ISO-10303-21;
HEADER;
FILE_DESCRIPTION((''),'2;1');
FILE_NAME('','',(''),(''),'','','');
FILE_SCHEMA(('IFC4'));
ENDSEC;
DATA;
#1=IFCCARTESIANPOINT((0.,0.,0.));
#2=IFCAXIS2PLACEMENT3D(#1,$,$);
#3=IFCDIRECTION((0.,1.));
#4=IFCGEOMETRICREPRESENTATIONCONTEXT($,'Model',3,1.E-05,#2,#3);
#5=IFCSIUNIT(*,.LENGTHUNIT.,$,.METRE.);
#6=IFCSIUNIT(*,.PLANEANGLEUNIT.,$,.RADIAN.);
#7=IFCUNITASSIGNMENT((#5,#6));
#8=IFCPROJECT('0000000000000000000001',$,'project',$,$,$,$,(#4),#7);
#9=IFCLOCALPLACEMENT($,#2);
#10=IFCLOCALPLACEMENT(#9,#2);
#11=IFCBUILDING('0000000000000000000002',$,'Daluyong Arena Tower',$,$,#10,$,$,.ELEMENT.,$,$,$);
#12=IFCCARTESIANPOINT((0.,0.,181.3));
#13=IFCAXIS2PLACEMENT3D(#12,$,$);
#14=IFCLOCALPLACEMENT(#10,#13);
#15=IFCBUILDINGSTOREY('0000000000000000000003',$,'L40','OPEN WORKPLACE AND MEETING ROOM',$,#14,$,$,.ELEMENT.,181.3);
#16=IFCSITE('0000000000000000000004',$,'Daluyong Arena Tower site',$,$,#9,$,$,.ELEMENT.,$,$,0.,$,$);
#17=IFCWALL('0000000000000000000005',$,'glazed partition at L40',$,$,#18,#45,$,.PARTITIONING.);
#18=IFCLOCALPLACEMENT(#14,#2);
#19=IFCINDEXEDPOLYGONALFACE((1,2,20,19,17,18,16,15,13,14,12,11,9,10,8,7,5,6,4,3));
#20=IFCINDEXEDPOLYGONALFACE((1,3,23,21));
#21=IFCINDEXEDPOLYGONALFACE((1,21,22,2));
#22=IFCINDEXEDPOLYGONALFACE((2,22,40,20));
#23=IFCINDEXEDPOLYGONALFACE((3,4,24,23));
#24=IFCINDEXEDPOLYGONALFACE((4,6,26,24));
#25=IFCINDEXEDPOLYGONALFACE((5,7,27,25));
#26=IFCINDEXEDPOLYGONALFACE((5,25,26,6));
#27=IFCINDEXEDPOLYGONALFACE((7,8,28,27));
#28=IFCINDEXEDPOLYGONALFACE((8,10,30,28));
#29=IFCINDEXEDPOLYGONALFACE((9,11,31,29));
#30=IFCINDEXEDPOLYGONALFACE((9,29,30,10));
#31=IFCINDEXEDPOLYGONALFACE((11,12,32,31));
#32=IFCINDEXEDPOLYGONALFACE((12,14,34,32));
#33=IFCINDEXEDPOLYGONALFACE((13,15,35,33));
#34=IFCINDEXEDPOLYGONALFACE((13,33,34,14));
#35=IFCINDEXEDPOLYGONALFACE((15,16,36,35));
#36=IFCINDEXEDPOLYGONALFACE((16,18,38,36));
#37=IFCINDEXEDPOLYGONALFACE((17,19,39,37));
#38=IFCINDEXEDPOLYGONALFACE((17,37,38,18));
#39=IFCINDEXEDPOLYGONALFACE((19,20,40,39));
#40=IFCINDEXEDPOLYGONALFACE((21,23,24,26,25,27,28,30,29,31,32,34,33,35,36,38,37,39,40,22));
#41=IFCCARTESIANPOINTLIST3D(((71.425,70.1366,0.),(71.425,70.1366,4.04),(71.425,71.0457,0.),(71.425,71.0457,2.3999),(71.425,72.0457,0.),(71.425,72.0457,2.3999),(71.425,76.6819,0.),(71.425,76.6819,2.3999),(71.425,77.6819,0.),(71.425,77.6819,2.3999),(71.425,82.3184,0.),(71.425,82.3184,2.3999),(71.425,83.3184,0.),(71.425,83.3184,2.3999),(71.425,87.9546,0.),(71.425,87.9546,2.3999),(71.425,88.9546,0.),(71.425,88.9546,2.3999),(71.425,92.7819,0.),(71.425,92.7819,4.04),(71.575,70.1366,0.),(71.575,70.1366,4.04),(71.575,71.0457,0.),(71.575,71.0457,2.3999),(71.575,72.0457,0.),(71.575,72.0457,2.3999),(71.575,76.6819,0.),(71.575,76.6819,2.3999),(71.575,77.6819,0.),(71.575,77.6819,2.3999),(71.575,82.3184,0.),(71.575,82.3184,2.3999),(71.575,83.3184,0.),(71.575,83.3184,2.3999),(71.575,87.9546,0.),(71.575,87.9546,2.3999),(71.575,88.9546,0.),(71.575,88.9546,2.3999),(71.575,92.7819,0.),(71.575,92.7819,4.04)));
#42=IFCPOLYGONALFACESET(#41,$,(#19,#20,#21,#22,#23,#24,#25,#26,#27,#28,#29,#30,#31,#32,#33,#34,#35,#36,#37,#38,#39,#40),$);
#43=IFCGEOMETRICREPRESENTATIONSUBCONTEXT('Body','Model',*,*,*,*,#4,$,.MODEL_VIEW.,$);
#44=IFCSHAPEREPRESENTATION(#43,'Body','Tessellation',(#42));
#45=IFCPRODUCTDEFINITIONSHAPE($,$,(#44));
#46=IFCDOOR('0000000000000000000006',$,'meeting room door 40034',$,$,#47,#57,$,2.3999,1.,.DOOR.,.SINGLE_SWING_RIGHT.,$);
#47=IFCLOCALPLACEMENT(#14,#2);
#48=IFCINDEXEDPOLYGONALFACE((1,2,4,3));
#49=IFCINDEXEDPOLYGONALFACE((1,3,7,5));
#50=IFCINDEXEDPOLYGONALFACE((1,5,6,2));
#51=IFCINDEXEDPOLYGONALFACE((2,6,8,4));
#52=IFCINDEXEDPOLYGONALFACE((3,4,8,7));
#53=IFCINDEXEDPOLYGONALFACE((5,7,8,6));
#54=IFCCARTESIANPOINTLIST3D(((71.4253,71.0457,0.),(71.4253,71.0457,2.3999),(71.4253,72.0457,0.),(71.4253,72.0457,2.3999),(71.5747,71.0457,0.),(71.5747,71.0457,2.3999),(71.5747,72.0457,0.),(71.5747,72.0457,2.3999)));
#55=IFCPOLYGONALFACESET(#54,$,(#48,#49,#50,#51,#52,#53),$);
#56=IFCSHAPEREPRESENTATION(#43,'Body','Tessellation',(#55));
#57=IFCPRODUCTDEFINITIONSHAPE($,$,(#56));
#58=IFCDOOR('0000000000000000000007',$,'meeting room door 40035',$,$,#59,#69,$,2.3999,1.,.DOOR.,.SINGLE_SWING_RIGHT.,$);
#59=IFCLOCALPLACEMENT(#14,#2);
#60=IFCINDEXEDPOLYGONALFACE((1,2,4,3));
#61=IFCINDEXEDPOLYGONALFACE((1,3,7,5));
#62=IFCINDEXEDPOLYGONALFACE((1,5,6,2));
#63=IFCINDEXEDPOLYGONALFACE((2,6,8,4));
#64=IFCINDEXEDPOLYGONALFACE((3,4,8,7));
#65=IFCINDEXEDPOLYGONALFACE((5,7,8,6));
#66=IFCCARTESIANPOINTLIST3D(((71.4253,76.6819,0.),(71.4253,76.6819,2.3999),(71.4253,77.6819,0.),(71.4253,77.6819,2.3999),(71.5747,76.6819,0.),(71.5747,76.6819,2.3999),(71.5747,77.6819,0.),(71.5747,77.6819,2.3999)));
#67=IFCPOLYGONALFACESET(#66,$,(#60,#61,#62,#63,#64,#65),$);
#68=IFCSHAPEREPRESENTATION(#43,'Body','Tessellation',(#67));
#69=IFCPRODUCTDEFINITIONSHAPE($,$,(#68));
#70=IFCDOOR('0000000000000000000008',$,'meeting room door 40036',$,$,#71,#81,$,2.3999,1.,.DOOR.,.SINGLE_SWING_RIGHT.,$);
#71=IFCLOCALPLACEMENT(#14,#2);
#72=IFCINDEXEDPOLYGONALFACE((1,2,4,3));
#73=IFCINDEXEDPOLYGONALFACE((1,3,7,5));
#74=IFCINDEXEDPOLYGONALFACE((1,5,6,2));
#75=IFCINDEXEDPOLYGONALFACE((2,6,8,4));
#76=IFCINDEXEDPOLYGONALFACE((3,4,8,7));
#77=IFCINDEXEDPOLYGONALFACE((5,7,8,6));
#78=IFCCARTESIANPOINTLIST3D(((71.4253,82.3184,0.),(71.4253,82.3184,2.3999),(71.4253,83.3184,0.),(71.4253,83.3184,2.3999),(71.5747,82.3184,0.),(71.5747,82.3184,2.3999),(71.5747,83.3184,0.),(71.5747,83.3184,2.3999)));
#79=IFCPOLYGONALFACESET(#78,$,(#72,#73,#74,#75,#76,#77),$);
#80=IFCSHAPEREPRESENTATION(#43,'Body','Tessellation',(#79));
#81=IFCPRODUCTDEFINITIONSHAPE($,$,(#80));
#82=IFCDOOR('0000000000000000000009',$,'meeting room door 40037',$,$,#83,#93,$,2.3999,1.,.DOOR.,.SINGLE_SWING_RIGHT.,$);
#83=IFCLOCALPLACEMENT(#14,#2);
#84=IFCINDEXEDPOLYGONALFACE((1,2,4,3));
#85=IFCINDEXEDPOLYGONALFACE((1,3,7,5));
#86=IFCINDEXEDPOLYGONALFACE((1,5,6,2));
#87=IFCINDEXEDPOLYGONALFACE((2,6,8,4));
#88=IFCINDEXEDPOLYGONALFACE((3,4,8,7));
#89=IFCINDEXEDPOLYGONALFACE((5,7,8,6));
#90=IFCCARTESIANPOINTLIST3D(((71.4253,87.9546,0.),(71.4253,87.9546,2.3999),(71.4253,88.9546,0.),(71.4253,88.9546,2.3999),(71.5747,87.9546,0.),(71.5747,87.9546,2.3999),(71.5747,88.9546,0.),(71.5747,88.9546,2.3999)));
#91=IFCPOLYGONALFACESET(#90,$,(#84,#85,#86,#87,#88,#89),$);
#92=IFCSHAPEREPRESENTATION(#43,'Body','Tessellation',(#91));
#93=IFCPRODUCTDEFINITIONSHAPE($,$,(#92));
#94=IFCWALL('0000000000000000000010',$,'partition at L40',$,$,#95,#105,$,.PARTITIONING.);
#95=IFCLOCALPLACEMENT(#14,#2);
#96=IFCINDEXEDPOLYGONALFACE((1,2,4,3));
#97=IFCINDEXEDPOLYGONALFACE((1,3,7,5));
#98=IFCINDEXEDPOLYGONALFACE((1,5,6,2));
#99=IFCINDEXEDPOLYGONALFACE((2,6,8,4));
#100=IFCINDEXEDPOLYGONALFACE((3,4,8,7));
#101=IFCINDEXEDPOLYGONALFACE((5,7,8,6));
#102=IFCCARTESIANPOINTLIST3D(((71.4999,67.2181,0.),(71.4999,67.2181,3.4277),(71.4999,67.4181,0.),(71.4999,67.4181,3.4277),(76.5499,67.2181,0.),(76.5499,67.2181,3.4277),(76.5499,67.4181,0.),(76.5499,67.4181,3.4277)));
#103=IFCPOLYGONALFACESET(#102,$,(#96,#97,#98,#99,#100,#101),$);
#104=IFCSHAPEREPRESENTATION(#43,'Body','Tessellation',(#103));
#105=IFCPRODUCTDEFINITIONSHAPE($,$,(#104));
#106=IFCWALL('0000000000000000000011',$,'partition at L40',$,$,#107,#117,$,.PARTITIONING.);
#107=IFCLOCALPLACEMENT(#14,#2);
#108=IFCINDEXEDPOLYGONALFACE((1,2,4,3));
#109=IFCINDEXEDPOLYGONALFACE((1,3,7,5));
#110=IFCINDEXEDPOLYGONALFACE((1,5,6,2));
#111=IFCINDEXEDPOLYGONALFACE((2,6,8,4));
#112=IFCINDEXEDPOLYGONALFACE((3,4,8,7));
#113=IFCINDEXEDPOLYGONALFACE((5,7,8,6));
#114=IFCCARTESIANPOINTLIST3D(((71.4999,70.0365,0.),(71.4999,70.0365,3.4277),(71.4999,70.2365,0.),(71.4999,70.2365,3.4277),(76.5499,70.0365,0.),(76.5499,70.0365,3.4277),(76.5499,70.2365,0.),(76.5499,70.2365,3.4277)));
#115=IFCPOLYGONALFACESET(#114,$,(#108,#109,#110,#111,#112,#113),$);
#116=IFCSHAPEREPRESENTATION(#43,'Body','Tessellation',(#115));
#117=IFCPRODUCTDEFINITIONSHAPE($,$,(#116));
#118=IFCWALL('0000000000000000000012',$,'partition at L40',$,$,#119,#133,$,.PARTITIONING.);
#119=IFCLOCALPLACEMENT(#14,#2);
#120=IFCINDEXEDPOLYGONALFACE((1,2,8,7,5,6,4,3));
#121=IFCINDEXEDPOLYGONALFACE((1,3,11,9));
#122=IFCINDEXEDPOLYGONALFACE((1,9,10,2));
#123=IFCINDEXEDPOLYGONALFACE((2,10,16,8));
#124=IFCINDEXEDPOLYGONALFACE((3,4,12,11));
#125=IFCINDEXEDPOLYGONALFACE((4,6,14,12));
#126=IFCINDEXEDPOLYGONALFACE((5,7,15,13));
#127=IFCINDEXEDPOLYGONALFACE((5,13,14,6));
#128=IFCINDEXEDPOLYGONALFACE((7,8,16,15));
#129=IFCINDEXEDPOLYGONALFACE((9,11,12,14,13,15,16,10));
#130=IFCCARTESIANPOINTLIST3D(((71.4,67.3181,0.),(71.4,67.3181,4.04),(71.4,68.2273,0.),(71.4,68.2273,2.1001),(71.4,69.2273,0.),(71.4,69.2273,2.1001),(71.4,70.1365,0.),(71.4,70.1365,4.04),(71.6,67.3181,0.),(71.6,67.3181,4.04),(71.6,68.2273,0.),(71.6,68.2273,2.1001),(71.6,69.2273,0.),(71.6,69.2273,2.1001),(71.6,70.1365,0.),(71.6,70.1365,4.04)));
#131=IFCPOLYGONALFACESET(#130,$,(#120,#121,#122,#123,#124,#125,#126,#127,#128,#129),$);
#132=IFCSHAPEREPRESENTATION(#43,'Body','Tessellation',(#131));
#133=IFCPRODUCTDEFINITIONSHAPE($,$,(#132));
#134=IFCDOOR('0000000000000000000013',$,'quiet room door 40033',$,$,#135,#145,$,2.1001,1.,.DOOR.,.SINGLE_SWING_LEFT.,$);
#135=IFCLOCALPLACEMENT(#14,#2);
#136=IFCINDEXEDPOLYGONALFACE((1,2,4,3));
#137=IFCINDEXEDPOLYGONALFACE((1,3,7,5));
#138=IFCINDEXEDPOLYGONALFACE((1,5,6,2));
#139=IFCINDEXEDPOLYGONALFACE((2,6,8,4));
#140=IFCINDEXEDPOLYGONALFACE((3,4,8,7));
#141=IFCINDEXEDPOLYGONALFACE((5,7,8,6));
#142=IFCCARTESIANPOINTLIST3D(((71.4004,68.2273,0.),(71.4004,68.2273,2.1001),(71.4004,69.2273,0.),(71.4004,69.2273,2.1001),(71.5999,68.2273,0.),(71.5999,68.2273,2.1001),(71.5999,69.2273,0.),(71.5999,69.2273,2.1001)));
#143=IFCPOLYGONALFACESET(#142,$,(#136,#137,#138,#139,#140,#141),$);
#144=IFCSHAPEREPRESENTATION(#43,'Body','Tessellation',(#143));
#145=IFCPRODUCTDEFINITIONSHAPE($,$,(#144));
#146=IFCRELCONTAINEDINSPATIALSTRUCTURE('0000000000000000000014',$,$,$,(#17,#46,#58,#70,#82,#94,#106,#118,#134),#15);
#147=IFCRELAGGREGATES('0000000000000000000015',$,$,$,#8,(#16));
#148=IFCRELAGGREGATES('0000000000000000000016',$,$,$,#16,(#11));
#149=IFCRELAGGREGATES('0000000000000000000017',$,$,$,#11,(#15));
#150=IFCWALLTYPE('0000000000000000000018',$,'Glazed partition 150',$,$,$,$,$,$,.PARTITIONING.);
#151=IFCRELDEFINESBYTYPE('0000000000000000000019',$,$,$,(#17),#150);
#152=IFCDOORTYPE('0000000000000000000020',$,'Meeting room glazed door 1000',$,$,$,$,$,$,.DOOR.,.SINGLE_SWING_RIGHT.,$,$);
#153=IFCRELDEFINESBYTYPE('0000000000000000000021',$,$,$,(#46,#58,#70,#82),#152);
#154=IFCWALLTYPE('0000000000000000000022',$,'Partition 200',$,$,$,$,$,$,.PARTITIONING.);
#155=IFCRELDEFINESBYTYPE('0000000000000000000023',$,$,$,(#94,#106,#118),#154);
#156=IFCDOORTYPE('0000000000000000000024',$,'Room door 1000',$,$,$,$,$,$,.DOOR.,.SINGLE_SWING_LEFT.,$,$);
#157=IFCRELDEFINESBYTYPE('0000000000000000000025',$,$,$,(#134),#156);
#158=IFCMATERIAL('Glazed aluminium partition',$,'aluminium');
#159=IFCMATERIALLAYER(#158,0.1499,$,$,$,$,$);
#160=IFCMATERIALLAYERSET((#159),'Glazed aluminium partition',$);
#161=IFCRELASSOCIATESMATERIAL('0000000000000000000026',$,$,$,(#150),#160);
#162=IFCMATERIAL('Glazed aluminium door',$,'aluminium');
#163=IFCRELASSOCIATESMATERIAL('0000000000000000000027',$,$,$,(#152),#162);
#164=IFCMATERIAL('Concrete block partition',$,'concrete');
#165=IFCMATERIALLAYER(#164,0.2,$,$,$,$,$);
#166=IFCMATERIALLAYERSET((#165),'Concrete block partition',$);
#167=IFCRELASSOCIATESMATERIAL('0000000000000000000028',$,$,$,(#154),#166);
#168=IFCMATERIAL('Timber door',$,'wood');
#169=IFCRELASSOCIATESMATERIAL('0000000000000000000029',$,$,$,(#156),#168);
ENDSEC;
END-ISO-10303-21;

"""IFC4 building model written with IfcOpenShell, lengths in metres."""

from ifc_helpers import new_model, si_unit, direction, frame, frame_2d, origin, place, context, subcontext, project, spatial, rectangle, extrude, material, layer, layer_set, type_object, element, fill, save


model = new_model("IFC4")

# Units and contexts
model_context = context("Model", 3, precision=1e-05, world=origin(), true_north=direction((0.0, 1.0)))
body_context = subcontext(model_context, "Body", "Model", "MODEL_VIEW")
ifc_project = project(units=[si_unit("LENGTHUNIT", "METRE"), si_unit("PLANEANGLEUNIT", "RADIAN")], contexts=[model_context])

# Site, building, storey
site_placement = place(None, origin())
site = spatial("IfcSite", under=ifc_project, at=site_placement, Name="Daluyong Arena Tower site", CompositionType="ELEMENT", RefElevation=0.0)
building_placement = place(site_placement, origin())
building = spatial("IfcBuilding", under=site, at=building_placement, Name="Daluyong Arena Tower", CompositionType="ELEMENT")
storey_placement = place(building_placement, frame((0.0, 0.0, 181.3)))
storey = spatial("IfcBuildingStorey", under=building, at=storey_placement, Name="L40", Description="OPEN WORKPLACE AND MEETING ROOM", CompositionType="ELEMENT", Elevation=181.3)

# Wall, openings, doors
ifc_material_1 = material(Name="Glazed aluminium partition", Category="aluminium")
ifc_layer_1 = layer(ifc_material_1, 0.1499)
ifc_layer_set_1 = layer_set([ifc_layer_1], Name="Glazed aluminium partition")
wall_type_1 = type_object("IfcWallType", Name="Glazed partition 150", PredefinedType="PARTITIONING", material=ifc_layer_set_1)
wall_1_placement = place(storey_placement, frame((71.5, 70.1365, 0.0), z_axis=(0.0, 0.0, 1.0), x_axis=(0.0, 1.0, 0.0)))
wall_1 = element("IfcWall", 1, at=wall_1_placement, inside=storey, type_object=wall_type_1, Name="glazed partition at L40", PredefinedType="PARTITIONING", context=body_context, shape_type="SweptSolid", body=[
    extrude(rectangle(XDim=22.6453, YDim=0.1499, at=frame_2d((11.3228, 0.0))), origin(), (0.0, 0.0, 1.0), 4.04),
])
opening_1_placement = place(wall_1_placement, frame((0.9092, 0.0, 0.0)))
opening_1 = element("IfcOpeningElement", 2, at=opening_1_placement, cuts=wall_1, PredefinedType="OPENING", context=body_context, shape_type="SweptSolid", body=[
    extrude(rectangle(XDim=1.0, YDim=2.3999, at=frame_2d((0.5, 1.2))), frame((0.0, 0.085, 0.0), z_axis=(0.0, -1.0, 0.0), x_axis=(1.0, 0.0, 0.0)), (0.0, 0.0, 1.0), 0.1699),
])
opening_2_placement = place(wall_1_placement, frame((6.5454, 0.0, 0.0)))
opening_2 = element("IfcOpeningElement", 3, at=opening_2_placement, cuts=wall_1, PredefinedType="OPENING", context=body_context, shape_type="SweptSolid", body=[
    extrude(rectangle(XDim=1.0, YDim=2.3999, at=frame_2d((0.5, 1.2))), frame((0.0, 0.085, 0.0), z_axis=(0.0, -1.0, 0.0), x_axis=(1.0, 0.0, 0.0)), (0.0, 0.0, 1.0), 0.1699),
])
opening_3_placement = place(wall_1_placement, frame((12.1819, 0.0, 0.0)))
opening_3 = element("IfcOpeningElement", 4, at=opening_3_placement, cuts=wall_1, PredefinedType="OPENING", context=body_context, shape_type="SweptSolid", body=[
    extrude(rectangle(XDim=1.0, YDim=2.3999, at=frame_2d((0.5, 1.2))), frame((0.0, 0.085, 0.0), z_axis=(0.0, -1.0, 0.0), x_axis=(1.0, 0.0, 0.0)), (0.0, 0.0, 1.0), 0.1699),
])
opening_4_placement = place(wall_1_placement, frame((17.8181, 0.0, 0.0)))
opening_4 = element("IfcOpeningElement", 5, at=opening_4_placement, cuts=wall_1, PredefinedType="OPENING", context=body_context, shape_type="SweptSolid", body=[
    extrude(rectangle(XDim=1.0, YDim=2.3999, at=frame_2d((0.5, 1.2))), frame((0.0, 0.085, 0.0), z_axis=(0.0, -1.0, 0.0), x_axis=(1.0, 0.0, 0.0)), (0.0, 0.0, 1.0), 0.1699),
])
ifc_material_2 = material(Name="Glazed aluminium door", Category="aluminium")
door_type_1 = type_object("IfcDoorType", Name="Meeting room glazed door 1000", OperationType="SINGLE_SWING_RIGHT", PredefinedType="DOOR", material=ifc_material_2)
door_1_placement = place(opening_1_placement, origin())
door_1 = element("IfcDoor", 6, at=door_1_placement, inside=storey, type_object=door_type_1, Name="meeting room door 40034", OperationType="SINGLE_SWING_RIGHT", OverallHeight=2.3999, OverallWidth=1.0, PredefinedType="DOOR", context=body_context, shape_type="SweptSolid", body=[
    extrude(rectangle(XDim=1.0, YDim=2.3999, at=frame_2d((0.5, 1.2))), frame((0.0, 0.0747, 0.0), z_axis=(0.0, -1.0, 0.0), x_axis=(1.0, 0.0, 0.0)), (0.0, 0.0, 1.0), 0.1494),
])
fill(opening_1, door_1)
door_2_placement = place(opening_2_placement, origin())
door_2 = element("IfcDoor", 7, at=door_2_placement, inside=storey, type_object=door_type_1, Name="meeting room door 40035", OperationType="SINGLE_SWING_RIGHT", OverallHeight=2.3999, OverallWidth=1.0, PredefinedType="DOOR", context=body_context, shape_type="SweptSolid", body=[
    extrude(rectangle(XDim=1.0, YDim=2.3999, at=frame_2d((0.5, 1.2))), frame((0.0, 0.0747, 0.0), z_axis=(0.0, -1.0, 0.0), x_axis=(1.0, 0.0, 0.0)), (0.0, 0.0, 1.0), 0.1494),
])
fill(opening_2, door_2)
door_3_placement = place(opening_3_placement, origin())
door_3 = element("IfcDoor", 8, at=door_3_placement, inside=storey, type_object=door_type_1, Name="meeting room door 40036", OperationType="SINGLE_SWING_RIGHT", OverallHeight=2.3999, OverallWidth=1.0, PredefinedType="DOOR", context=body_context, shape_type="SweptSolid", body=[
    extrude(rectangle(XDim=1.0, YDim=2.3999, at=frame_2d((0.5, 1.2))), frame((0.0, 0.0747, 0.0), z_axis=(0.0, -1.0, 0.0), x_axis=(1.0, 0.0, 0.0)), (0.0, 0.0, 1.0), 0.1494),
])
fill(opening_3, door_3)
door_4_placement = place(opening_4_placement, origin())
door_4 = element("IfcDoor", 9, at=door_4_placement, inside=storey, type_object=door_type_1, Name="meeting room door 40037", OperationType="SINGLE_SWING_RIGHT", OverallHeight=2.3999, OverallWidth=1.0, PredefinedType="DOOR", context=body_context, shape_type="SweptSolid", body=[
    extrude(rectangle(XDim=1.0, YDim=2.3999, at=frame_2d((0.5, 1.2))), frame((0.0, 0.0747, 0.0), z_axis=(0.0, -1.0, 0.0), x_axis=(1.0, 0.0, 0.0)), (0.0, 0.0, 1.0), 0.1494),
])
fill(opening_4, door_4)

# Walls
ifc_material_3 = material(Name="Concrete block partition", Category="concrete")
ifc_layer_2 = layer(ifc_material_3, 0.2)
ifc_layer_set_2 = layer_set([ifc_layer_2], Name="Concrete block partition")
wall_type_2 = type_object("IfcWallType", Name="Partition 200", PredefinedType="PARTITIONING", material=ifc_layer_set_2)
for number, where, z_axis, x_axis, name in (
    (10, (71.5, 67.3181, 0.0), (0.0, 0.0, 1.0), (1.0, 0.0, 0.0), "partition at L40"),
    (11, (71.5, 70.1365, 0.0), (0.0, 0.0, 1.0), (1.0, 0.0, 0.0), "partition at L40"),
):
    element("IfcWall", number, at=place(storey_placement, frame(where, z_axis=z_axis, x_axis=x_axis)), inside=storey, type_object=wall_type_2, Name=name, PredefinedType="PARTITIONING", context=body_context, shape_type="SweptSolid", body=[
        extrude(rectangle(XDim=5.05, YDim=0.2, at=frame_2d((2.5249, 0.0))), origin(), (0.0, 0.0, 1.0), 3.4277),
    ])

# Wall, opening, door
wall_2_placement = place(storey_placement, frame((71.5, 67.3181, 0.0), z_axis=(0.0, 0.0, 1.0), x_axis=(0.0, 1.0, 0.0)))
wall_2 = element("IfcWall", 12, at=wall_2_placement, inside=storey, type_object=wall_type_2, Name="partition at L40", PredefinedType="PARTITIONING", context=body_context, shape_type="SweptSolid", body=[
    extrude(rectangle(XDim=2.8184, YDim=0.2, at=frame_2d((1.4092, 0.0))), origin(), (0.0, 0.0, 1.0), 4.04),
])
opening_5_placement = place(wall_2_placement, frame((0.9092, 0.0, 0.0)))
opening_5 = element("IfcOpeningElement", 13, at=opening_5_placement, cuts=wall_2, PredefinedType="OPENING", context=body_context, shape_type="SweptSolid", body=[
    extrude(rectangle(XDim=1.0, YDim=2.1001, at=frame_2d((0.5, 1.05))), frame((0.0, 0.1099, 0.0), z_axis=(0.0, -1.0, 0.0), x_axis=(1.0, 0.0, 0.0)), (0.0, 0.0, 1.0), 0.22),
])
ifc_material_4 = material(Name="Timber door", Category="wood")
door_type_2 = type_object("IfcDoorType", Name="Room door 1000", OperationType="SINGLE_SWING_LEFT", PredefinedType="DOOR", material=ifc_material_4)
door_5_placement = place(opening_5_placement, origin())
door_5 = element("IfcDoor", 14, at=door_5_placement, inside=storey, type_object=door_type_2, Name="quiet room door 40033", OperationType="SINGLE_SWING_LEFT", OverallHeight=2.1001, OverallWidth=1.0, PredefinedType="DOOR", context=body_context, shape_type="SweptSolid", body=[
    extrude(rectangle(XDim=1.0, YDim=2.1001, at=frame_2d((0.5, 1.05))), frame((0.0, 0.0996, 0.0), z_axis=(0.0, -1.0, 0.0), x_axis=(1.0, 0.0, 0.0)), (0.0, 0.0, 1.0), 0.1995),
])
fill(opening_5, door_5)

save(model, "model.ifc")
